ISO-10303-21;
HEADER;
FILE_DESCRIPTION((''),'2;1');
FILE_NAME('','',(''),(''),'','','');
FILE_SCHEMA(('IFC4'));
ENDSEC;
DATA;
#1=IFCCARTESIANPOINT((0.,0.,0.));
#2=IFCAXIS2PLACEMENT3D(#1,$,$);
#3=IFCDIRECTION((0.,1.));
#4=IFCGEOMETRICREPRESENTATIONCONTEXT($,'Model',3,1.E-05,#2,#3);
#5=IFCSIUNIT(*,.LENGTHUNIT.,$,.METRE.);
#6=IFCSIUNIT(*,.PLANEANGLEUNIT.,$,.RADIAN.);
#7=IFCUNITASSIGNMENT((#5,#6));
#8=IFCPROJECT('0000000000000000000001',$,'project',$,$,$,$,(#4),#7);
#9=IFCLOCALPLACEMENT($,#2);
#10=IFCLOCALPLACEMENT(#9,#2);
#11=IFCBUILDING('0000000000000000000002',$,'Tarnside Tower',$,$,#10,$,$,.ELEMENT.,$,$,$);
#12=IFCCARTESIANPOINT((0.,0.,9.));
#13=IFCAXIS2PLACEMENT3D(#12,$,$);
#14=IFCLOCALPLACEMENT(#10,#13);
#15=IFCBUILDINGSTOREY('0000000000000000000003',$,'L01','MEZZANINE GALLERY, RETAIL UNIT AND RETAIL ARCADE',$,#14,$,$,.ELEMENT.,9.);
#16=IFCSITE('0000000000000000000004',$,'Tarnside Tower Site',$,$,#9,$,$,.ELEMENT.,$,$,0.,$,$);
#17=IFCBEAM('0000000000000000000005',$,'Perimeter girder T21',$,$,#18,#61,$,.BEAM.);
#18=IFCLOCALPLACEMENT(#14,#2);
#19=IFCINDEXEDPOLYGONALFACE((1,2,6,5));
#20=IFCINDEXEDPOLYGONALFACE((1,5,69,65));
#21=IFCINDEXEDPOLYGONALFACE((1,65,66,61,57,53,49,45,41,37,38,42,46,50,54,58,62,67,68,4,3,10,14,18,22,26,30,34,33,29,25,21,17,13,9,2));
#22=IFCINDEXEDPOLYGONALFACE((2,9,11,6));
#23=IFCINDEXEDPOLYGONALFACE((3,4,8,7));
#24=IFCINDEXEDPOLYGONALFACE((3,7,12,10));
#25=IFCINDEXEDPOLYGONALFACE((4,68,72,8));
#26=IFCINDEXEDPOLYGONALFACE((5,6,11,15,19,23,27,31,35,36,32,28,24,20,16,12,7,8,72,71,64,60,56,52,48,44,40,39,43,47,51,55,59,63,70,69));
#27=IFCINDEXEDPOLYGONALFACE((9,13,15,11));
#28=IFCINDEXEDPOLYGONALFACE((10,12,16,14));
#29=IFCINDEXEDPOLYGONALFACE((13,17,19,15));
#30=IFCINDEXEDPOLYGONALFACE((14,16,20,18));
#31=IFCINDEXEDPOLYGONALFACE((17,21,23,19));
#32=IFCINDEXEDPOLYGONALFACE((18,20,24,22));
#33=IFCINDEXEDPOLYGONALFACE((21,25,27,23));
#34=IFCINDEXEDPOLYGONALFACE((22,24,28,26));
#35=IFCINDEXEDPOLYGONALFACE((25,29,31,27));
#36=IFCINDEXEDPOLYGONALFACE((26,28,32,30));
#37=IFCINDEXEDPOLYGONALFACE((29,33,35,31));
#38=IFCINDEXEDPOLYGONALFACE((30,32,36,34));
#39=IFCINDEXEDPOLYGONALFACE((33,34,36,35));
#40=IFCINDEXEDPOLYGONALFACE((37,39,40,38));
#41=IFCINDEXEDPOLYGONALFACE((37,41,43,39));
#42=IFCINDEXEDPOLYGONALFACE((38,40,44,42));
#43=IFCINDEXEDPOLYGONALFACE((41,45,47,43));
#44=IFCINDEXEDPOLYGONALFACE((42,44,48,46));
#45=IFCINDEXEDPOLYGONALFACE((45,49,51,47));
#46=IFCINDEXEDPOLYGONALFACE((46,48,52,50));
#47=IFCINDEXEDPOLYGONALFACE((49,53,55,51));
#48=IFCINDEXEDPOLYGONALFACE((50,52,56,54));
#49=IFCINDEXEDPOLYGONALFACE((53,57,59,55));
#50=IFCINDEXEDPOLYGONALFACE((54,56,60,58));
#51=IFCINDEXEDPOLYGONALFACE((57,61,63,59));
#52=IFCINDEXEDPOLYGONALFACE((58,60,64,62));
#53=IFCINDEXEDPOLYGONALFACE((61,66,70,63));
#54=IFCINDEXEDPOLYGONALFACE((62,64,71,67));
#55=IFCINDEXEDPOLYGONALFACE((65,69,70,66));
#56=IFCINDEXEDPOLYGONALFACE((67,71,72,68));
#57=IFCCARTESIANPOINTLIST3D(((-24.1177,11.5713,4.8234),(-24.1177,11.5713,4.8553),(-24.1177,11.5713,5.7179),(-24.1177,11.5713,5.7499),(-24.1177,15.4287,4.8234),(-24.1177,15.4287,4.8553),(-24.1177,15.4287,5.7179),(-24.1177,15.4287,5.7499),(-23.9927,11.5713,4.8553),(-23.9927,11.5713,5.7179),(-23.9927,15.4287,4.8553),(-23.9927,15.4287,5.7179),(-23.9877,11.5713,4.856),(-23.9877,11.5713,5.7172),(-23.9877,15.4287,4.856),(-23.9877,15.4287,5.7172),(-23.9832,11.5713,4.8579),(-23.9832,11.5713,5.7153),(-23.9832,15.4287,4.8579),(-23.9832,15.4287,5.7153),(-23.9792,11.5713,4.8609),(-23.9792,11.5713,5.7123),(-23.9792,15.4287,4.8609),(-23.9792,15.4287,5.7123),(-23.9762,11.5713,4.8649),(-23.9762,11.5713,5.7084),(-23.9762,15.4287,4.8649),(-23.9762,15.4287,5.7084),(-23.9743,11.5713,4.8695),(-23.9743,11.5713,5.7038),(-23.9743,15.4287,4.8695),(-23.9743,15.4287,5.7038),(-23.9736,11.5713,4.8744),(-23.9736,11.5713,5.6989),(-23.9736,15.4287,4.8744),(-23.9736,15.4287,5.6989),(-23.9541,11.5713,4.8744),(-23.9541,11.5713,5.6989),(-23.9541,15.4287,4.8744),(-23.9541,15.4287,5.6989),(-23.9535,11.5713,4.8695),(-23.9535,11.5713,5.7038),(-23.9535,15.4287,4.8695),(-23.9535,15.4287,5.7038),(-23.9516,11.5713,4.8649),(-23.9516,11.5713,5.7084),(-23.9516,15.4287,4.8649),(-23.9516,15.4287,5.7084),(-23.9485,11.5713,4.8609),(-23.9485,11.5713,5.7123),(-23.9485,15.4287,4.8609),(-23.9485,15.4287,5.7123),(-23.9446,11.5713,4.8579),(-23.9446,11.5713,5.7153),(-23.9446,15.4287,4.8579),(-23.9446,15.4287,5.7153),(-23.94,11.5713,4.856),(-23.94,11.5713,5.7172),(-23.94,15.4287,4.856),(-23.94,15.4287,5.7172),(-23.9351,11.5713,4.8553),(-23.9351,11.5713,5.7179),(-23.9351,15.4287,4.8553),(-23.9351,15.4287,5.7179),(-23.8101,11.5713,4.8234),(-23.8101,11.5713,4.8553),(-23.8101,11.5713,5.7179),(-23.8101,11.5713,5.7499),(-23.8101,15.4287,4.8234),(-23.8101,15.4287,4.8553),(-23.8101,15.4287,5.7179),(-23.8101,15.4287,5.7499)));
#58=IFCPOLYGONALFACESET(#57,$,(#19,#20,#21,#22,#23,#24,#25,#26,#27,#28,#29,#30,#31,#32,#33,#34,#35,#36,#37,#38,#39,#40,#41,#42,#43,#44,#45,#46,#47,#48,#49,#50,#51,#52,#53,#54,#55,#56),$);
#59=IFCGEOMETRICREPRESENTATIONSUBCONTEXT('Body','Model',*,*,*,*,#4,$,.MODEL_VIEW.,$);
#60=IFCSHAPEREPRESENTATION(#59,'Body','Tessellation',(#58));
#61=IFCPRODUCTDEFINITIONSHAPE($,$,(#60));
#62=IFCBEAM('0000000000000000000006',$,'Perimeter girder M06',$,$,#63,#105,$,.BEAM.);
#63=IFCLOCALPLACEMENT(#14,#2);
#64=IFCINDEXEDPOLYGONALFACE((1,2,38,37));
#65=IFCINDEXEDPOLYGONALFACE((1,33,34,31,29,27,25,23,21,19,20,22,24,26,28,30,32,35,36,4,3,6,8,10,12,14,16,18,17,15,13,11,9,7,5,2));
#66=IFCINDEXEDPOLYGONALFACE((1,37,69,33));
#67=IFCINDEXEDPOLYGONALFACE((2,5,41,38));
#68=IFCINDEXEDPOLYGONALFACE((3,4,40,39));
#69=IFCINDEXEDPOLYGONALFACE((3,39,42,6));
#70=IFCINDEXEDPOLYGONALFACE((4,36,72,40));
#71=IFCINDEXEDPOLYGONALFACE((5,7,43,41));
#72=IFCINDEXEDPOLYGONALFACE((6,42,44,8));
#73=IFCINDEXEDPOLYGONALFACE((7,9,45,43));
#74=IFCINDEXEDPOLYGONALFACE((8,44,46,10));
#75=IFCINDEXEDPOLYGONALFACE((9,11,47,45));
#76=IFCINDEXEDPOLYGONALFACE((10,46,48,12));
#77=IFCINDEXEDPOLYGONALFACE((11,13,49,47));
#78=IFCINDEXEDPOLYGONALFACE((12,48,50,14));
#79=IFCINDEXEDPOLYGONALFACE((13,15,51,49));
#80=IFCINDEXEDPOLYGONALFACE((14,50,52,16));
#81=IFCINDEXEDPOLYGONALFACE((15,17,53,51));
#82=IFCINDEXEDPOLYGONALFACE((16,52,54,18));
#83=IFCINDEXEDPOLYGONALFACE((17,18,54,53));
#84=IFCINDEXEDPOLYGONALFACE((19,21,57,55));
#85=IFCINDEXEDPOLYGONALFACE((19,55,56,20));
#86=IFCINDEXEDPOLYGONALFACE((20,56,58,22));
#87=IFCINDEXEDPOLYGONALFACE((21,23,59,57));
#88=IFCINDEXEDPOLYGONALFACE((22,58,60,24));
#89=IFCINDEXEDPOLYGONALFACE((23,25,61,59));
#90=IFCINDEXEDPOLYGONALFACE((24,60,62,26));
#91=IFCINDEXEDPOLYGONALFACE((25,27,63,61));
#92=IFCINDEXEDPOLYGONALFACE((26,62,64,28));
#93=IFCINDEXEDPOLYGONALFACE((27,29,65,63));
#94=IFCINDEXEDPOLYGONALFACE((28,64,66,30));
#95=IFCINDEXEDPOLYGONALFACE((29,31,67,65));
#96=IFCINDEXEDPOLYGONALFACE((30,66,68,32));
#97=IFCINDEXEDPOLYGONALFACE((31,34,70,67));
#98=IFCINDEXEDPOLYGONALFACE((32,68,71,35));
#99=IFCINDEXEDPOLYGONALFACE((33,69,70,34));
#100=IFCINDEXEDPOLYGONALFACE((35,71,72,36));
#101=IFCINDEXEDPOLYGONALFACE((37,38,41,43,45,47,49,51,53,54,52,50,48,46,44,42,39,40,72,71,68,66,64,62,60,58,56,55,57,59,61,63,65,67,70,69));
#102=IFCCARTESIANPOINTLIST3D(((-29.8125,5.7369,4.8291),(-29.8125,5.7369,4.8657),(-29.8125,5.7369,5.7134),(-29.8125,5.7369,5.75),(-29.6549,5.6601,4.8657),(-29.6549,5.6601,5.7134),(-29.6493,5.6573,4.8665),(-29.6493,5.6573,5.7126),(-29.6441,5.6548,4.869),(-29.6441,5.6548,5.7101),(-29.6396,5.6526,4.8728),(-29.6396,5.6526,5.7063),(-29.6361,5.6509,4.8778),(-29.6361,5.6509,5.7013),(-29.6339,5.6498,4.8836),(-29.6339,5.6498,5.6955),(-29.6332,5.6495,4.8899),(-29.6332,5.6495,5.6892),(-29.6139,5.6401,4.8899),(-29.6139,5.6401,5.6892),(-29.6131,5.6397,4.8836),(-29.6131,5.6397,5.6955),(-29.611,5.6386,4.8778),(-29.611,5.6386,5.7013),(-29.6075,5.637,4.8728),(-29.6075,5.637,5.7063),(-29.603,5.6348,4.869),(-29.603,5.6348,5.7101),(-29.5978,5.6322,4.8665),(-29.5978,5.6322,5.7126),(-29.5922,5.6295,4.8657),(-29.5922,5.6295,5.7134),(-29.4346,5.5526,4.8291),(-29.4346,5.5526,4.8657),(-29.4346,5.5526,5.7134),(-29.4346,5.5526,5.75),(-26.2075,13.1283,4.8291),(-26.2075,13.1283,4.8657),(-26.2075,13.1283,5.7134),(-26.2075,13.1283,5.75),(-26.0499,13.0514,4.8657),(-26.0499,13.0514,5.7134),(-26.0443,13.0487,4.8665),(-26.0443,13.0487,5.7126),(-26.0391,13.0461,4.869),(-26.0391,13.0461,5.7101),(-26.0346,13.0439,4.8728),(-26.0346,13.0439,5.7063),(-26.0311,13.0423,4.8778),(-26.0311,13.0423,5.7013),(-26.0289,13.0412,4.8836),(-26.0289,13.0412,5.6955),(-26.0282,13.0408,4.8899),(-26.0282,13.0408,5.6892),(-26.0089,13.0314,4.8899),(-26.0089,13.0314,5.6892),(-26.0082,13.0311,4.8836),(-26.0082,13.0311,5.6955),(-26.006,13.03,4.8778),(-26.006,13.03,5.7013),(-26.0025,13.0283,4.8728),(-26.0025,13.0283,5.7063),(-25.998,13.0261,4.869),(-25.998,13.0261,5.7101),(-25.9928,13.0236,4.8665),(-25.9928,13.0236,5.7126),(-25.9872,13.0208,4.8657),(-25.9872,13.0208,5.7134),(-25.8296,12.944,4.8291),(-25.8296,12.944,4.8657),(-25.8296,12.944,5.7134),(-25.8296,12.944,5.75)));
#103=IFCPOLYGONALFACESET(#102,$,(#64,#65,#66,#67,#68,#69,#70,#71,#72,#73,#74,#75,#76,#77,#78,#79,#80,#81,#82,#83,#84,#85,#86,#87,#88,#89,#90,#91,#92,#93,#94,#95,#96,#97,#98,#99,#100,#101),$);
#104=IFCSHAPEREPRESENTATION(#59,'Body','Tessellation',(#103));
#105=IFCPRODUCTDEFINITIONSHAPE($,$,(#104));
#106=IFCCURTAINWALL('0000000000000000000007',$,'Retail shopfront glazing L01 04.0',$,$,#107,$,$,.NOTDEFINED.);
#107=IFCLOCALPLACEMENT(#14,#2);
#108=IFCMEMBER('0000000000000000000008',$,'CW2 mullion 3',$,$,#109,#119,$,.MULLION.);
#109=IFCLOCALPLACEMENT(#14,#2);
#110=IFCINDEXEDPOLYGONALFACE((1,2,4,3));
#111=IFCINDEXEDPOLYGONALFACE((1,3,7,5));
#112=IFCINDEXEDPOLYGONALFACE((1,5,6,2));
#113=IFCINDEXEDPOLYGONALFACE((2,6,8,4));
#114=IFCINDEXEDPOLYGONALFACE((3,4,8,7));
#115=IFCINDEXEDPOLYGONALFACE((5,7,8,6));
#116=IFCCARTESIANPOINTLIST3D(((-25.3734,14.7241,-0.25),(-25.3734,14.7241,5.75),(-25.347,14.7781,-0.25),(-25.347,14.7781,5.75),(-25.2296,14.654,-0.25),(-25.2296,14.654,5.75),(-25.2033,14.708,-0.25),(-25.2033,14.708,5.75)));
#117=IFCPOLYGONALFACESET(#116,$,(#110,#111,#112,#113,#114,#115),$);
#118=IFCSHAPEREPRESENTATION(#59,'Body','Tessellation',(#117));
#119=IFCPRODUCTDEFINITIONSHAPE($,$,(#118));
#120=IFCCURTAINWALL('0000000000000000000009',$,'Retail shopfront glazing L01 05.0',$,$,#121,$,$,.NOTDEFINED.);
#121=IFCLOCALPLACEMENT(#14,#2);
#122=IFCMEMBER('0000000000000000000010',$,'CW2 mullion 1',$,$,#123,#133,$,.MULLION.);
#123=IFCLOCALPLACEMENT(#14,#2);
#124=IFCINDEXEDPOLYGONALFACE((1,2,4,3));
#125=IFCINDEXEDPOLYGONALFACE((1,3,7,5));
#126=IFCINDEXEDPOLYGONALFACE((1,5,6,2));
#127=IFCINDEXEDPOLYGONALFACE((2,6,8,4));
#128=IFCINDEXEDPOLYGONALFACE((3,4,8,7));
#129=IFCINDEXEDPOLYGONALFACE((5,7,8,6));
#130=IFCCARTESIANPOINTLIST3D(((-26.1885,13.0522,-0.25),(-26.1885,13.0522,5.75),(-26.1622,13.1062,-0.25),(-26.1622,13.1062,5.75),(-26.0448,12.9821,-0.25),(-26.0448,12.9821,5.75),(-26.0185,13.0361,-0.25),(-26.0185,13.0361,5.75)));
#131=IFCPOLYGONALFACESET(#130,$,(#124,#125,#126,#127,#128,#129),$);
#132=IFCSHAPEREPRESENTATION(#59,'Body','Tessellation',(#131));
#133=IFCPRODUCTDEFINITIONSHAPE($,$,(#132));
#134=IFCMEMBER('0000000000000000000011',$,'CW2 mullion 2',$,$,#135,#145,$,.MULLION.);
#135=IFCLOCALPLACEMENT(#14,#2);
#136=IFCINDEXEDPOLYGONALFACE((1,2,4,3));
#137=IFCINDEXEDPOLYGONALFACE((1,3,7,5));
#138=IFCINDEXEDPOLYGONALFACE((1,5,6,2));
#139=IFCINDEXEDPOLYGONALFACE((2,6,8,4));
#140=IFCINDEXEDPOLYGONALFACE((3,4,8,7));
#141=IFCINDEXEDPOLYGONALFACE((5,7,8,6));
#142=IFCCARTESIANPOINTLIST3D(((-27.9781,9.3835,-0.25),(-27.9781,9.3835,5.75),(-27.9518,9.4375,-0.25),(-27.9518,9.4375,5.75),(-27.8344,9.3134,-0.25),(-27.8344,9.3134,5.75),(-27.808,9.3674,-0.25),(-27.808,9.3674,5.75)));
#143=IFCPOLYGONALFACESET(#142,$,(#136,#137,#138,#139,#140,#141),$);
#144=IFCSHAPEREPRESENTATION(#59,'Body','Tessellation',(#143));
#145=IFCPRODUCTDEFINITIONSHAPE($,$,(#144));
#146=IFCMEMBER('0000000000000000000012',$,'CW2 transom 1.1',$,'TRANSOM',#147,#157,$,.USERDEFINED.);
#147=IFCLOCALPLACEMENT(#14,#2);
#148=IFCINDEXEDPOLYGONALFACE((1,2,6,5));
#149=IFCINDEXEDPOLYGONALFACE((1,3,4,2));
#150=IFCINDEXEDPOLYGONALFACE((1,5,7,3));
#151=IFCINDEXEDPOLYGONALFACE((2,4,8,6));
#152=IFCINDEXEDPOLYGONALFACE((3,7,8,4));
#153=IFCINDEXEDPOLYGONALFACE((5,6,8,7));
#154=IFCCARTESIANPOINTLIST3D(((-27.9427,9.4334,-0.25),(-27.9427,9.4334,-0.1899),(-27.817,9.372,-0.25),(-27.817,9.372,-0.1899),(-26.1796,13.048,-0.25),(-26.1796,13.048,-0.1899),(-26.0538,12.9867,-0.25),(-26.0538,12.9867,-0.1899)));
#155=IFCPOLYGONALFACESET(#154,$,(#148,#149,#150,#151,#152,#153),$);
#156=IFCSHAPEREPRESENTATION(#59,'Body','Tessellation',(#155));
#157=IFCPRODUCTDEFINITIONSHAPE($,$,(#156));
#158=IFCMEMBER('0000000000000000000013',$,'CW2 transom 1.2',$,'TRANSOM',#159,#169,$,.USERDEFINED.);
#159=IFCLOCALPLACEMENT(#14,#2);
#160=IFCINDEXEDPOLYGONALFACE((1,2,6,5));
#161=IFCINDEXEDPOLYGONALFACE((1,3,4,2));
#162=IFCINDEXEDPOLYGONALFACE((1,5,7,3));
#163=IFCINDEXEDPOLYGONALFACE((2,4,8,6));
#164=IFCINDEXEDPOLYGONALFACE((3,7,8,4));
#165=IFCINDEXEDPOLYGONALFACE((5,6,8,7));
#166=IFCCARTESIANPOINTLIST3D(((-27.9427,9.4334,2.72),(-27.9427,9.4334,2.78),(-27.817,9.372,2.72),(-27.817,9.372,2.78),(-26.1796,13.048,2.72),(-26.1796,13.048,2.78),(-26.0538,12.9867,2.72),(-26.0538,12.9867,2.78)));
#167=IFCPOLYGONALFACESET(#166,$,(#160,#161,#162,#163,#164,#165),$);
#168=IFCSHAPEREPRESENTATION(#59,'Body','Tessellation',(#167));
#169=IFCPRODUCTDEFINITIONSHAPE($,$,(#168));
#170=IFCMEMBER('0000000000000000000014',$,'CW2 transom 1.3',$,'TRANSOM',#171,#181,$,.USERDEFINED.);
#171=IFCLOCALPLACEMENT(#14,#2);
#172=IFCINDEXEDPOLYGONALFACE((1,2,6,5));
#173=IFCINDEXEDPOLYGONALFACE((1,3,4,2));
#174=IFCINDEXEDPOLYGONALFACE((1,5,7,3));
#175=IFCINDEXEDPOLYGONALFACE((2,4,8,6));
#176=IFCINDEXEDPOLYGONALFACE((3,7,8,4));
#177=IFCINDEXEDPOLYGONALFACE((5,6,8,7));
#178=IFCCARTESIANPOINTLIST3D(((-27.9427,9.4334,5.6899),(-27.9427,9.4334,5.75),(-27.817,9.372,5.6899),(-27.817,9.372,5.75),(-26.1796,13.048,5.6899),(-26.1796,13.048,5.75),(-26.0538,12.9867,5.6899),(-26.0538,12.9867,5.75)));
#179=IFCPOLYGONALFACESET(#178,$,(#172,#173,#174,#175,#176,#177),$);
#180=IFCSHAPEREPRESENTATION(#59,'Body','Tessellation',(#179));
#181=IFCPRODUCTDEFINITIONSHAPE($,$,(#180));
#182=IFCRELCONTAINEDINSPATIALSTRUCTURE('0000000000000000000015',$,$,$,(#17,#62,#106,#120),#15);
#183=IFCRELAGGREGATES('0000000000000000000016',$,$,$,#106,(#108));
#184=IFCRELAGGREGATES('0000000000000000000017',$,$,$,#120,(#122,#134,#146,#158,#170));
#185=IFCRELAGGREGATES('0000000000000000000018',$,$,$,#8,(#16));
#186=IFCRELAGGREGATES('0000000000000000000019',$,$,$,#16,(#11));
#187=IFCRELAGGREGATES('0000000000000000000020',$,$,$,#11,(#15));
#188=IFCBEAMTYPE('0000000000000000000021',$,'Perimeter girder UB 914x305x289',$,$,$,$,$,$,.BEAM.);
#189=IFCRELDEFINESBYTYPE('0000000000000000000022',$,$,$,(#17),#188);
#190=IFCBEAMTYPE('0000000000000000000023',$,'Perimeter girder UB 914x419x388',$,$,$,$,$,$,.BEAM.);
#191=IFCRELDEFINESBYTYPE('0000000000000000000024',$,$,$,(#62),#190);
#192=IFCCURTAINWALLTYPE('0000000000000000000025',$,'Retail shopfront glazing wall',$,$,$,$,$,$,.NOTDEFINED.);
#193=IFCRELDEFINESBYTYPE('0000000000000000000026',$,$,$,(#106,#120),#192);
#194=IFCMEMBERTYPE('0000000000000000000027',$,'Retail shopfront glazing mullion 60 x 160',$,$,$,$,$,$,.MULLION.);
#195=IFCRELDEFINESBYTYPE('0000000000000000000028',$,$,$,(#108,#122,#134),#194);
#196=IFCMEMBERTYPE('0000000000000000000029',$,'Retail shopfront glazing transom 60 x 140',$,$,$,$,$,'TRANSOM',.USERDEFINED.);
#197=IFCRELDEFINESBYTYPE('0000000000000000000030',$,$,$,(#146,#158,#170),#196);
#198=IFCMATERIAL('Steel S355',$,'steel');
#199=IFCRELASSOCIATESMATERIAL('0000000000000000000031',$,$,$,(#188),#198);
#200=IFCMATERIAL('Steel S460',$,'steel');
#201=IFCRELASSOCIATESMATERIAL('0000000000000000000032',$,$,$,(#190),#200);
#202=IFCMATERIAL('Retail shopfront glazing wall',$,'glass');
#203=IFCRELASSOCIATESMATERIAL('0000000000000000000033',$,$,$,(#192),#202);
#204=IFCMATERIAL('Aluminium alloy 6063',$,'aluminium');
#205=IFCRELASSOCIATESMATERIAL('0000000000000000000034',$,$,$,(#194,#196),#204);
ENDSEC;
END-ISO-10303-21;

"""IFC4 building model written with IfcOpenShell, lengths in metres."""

from ifc_helpers import new_model, si_unit, direction, frame, origin, origin_2d, place, context, subcontext, project, spatial, rectangle, i_section, extrude, material, material_profile, profile_set, type_object, element, aggregate, save


model = new_model("IFC4")

# Units and contexts
model_context = context("Model", 3, precision=1e-05, world=origin(), true_north=direction((0.0, 1.0)))
body_context = subcontext(model_context, "Body", "Model", "MODEL_VIEW")
ifc_project = project(units=[si_unit("LENGTHUNIT", "METRE"), si_unit("PLANEANGLEUNIT", "RADIAN")], contexts=[model_context])

# Site, building, storey
site_placement = place(None, origin())
site = spatial("IfcSite", under=ifc_project, at=site_placement, Name="Tarnside Tower Site", CompositionType="ELEMENT", RefElevation=0.0)
building_placement = place(site_placement, origin())
building = spatial("IfcBuilding", under=site, at=building_placement, Name="Tarnside Tower", CompositionType="ELEMENT")
storey_placement = place(building_placement, frame((0.0, 0.0, 9.0)))
storey = spatial("IfcBuildingStorey", under=building, at=storey_placement, Name="L01", Description="MEZZANINE GALLERY, RETAIL UNIT AND RETAIL ARCADE", CompositionType="ELEMENT", Elevation=9.0)

# Shared definitions
ifc_material_1 = material(Name="Steel S460", Category="steel")

# Beams
ifc_material_2 = material(Name="Steel S355", Category="steel")
ifc_material_profile_1 = material_profile(ifc_material_2, i_section(OverallWidth=0.3076, OverallDepth=0.9265, WebThickness=0.0195, FlangeThickness=0.032, FilletRadius=0.019, at=origin_2d()), Name="UB 914x305x289")
ifc_profile_set_1 = profile_set([ifc_material_profile_1], Name="Steel S355")
beam_type_1 = type_object("IfcBeamType", Name="Perimeter girder UB 914x305x289", PredefinedType="BEAM", material=ifc_profile_set_1)
beam_1_placement = place(storey_placement, frame((-23.9639, 11.5713, 5.2866), z_axis=(0.0, 1.0, 0.0), x_axis=(-1.0, 0.0, 0.0)))
element("IfcBeam", 1, at=beam_1_placement, inside=storey, type_object=beam_type_1, Name="Perimeter girder T21", PredefinedType="BEAM", context=body_context, shape_type="SweptSolid", body=[
    extrude(i_section(OverallWidth=0.3076, OverallDepth=0.9265, WebThickness=0.0195, FlangeThickness=0.032, FilletRadius=0.019, at=origin_2d()), origin(), (0.0, 0.0, 1.0), 3.8574),
])
ifc_material_profile_2 = material_profile(ifc_material_1, i_section(OverallWidth=0.4204, OverallDepth=0.9209, WebThickness=0.0215, FlangeThickness=0.0366, FilletRadius=0.0242, at=origin_2d()), Name="UB 914x419x388")
ifc_profile_set_2 = profile_set([ifc_material_profile_2], Name="Steel S460")
beam_type_2 = type_object("IfcBeamType", Name="Perimeter girder UB 914x419x388", PredefinedType="BEAM", material=ifc_profile_set_2)
beam_2_placement = place(storey_placement, frame((-26.0186, 13.0361, 5.2896), z_axis=(-0.438369, -0.898795, 0.0), x_axis=(0.898795, -0.438369, 0.0)))
element("IfcBeam", 2, at=beam_2_placement, inside=storey, type_object=beam_type_2, Name="Perimeter girder M06", PredefinedType="BEAM", context=body_context, shape_type="SweptSolid", body=[
    extrude(i_section(OverallWidth=0.4204, OverallDepth=0.9209, WebThickness=0.0215, FlangeThickness=0.0366, FilletRadius=0.0242, at=origin_2d()), origin(), (0.0, 0.0, 1.0), 8.2236),
])

# Curtain wall, member
ifc_material_3 = material(Name="Retail shopfront glazing wall", Category="glass")
curtain_wall_type = type_object("IfcCurtainWallType", Name="Retail shopfront glazing wall", PredefinedType="NOTDEFINED", material=ifc_material_3)
curtain_wall_1_placement = place(storey_placement, origin())
curtain_wall_1 = element("IfcCurtainWall", 3, at=curtain_wall_1_placement, inside=storey, type_object=curtain_wall_type, Name="Retail shopfront glazing L01 04.0", PredefinedType="NOTDEFINED")
ifc_material_4 = material(Name="Aluminium alloy 6063", Category="aluminium")
ifc_material_profile_3 = material_profile(ifc_material_4, rectangle(XDim=0.1599, YDim=0.0601, at=origin_2d()), Name="Retail shopfront glazing mullion 60 x 160")
ifc_profile_set_3 = profile_set([ifc_material_profile_3], Name="Aluminium alloy 6063")
member_type_1 = type_object("IfcMemberType", Name="Retail shopfront glazing mullion 60 x 160", PredefinedType="MULLION", material=ifc_profile_set_3)
member_1_placement = place(storey_placement, frame((-25.2883, 14.7161, -0.25), z_axis=(0.0, 0.0, 1.0), x_axis=(0.898794, -0.438371, 0.0)))
member_1 = element("IfcMember", 4, at=member_1_placement, type_object=member_type_1, Name="CW2 mullion 3", PredefinedType="MULLION", context=body_context, shape_type="SweptSolid", body=[
    extrude(rectangle(XDim=0.1599, YDim=0.0601, at=origin_2d()), origin(), (0.0, 0.0, 1.0), 6.0),
])
aggregate(curtain_wall_1, [member_1])

# Curtain wall, members
curtain_wall_2_placement = place(storey_placement, origin())
curtain_wall_2 = element("IfcCurtainWall", 5, at=curtain_wall_2_placement, inside=storey, type_object=curtain_wall_type, Name="Retail shopfront glazing L01 05.0", PredefinedType="NOTDEFINED")
member_2_placement = place(storey_placement, frame((-26.1035, 13.0442, -0.25), z_axis=(0.0, 0.0, 1.0), x_axis=(0.898794, -0.438371, 0.0)))
member_2 = element("IfcMember", 6, at=member_2_placement, type_object=member_type_1, Name="CW2 mullion 1", PredefinedType="MULLION", context=body_context, shape_type="SweptSolid", body=[
    extrude(rectangle(XDim=0.1599, YDim=0.0601, at=origin_2d()), origin(), (0.0, 0.0, 1.0), 6.0),
])
member_3_placement = place(storey_placement, frame((-27.8931, 9.3755, -0.25), z_axis=(0.0, 0.0, 1.0), x_axis=(0.898794, -0.438371, 0.0)))
member_3 = element("IfcMember", 7, at=member_3_placement, type_object=member_type_1, Name="CW2 mullion 2", PredefinedType="MULLION", context=body_context, shape_type="SweptSolid", body=[
    extrude(rectangle(XDim=0.1599, YDim=0.0601, at=origin_2d()), origin(), (0.0, 0.0, 1.0), 6.0),
])
ifc_material_profile_4 = material_profile(ifc_material_4, rectangle(XDim=0.1399, YDim=0.0601, at=origin_2d()), Name="Retail shopfront glazing transom 60 x 140")
ifc_profile_set_4 = profile_set([ifc_material_profile_4], Name="Aluminium alloy 6063")
member_type_2 = type_object("IfcMemberType", Name="Retail shopfront glazing transom 60 x 140", ElementType="TRANSOM", PredefinedType="USERDEFINED", material=ifc_profile_set_4)
member_4_placement = place(storey_placement, frame((-26.1167, 13.0173, -0.22), z_axis=(-0.438402, -0.898779, 0.0), x_axis=(0.898779, -0.438402, 0.0)))
member_4 = element("IfcMember", 8, at=member_4_placement, type_object=member_type_2, Name="CW2 transom 1.1", ObjectType="TRANSOM", PredefinedType="USERDEFINED", context=body_context, shape_type="SweptSolid", body=[
    extrude(rectangle(XDim=0.1399, YDim=0.0601, at=origin_2d()), origin(), (0.0, 0.0, 1.0), 4.0217),
])
member_5_placement = place(storey_placement, frame((-26.1167, 13.0173, 2.75), z_axis=(-0.438402, -0.898779, 0.0), x_axis=(0.898779, -0.438402, 0.0)))
member_5 = element("IfcMember", 9, at=member_5_placement, type_object=member_type_2, Name="CW2 transom 1.2", ObjectType="TRANSOM", PredefinedType="USERDEFINED", context=body_context, shape_type="SweptSolid", body=[
    extrude(rectangle(XDim=0.1399, YDim=0.0601, at=origin_2d()), origin(), (0.0, 0.0, 1.0), 4.0217),
])
member_6_placement = place(storey_placement, frame((-26.1167, 13.0173, 5.72), z_axis=(-0.438402, -0.898779, 0.0), x_axis=(0.898779, -0.438402, 0.0)))
member_6 = element("IfcMember", 10, at=member_6_placement, type_object=member_type_2, Name="CW2 transom 1.3", ObjectType="TRANSOM", PredefinedType="USERDEFINED", context=body_context, shape_type="SweptSolid", body=[
    extrude(rectangle(XDim=0.1399, YDim=0.0601, at=origin_2d()), origin(), (0.0, 0.0, 1.0), 4.0217),
])
aggregate(curtain_wall_2, [member_2, member_3, member_4, member_5, member_6])

save(model, "model.ifc")
